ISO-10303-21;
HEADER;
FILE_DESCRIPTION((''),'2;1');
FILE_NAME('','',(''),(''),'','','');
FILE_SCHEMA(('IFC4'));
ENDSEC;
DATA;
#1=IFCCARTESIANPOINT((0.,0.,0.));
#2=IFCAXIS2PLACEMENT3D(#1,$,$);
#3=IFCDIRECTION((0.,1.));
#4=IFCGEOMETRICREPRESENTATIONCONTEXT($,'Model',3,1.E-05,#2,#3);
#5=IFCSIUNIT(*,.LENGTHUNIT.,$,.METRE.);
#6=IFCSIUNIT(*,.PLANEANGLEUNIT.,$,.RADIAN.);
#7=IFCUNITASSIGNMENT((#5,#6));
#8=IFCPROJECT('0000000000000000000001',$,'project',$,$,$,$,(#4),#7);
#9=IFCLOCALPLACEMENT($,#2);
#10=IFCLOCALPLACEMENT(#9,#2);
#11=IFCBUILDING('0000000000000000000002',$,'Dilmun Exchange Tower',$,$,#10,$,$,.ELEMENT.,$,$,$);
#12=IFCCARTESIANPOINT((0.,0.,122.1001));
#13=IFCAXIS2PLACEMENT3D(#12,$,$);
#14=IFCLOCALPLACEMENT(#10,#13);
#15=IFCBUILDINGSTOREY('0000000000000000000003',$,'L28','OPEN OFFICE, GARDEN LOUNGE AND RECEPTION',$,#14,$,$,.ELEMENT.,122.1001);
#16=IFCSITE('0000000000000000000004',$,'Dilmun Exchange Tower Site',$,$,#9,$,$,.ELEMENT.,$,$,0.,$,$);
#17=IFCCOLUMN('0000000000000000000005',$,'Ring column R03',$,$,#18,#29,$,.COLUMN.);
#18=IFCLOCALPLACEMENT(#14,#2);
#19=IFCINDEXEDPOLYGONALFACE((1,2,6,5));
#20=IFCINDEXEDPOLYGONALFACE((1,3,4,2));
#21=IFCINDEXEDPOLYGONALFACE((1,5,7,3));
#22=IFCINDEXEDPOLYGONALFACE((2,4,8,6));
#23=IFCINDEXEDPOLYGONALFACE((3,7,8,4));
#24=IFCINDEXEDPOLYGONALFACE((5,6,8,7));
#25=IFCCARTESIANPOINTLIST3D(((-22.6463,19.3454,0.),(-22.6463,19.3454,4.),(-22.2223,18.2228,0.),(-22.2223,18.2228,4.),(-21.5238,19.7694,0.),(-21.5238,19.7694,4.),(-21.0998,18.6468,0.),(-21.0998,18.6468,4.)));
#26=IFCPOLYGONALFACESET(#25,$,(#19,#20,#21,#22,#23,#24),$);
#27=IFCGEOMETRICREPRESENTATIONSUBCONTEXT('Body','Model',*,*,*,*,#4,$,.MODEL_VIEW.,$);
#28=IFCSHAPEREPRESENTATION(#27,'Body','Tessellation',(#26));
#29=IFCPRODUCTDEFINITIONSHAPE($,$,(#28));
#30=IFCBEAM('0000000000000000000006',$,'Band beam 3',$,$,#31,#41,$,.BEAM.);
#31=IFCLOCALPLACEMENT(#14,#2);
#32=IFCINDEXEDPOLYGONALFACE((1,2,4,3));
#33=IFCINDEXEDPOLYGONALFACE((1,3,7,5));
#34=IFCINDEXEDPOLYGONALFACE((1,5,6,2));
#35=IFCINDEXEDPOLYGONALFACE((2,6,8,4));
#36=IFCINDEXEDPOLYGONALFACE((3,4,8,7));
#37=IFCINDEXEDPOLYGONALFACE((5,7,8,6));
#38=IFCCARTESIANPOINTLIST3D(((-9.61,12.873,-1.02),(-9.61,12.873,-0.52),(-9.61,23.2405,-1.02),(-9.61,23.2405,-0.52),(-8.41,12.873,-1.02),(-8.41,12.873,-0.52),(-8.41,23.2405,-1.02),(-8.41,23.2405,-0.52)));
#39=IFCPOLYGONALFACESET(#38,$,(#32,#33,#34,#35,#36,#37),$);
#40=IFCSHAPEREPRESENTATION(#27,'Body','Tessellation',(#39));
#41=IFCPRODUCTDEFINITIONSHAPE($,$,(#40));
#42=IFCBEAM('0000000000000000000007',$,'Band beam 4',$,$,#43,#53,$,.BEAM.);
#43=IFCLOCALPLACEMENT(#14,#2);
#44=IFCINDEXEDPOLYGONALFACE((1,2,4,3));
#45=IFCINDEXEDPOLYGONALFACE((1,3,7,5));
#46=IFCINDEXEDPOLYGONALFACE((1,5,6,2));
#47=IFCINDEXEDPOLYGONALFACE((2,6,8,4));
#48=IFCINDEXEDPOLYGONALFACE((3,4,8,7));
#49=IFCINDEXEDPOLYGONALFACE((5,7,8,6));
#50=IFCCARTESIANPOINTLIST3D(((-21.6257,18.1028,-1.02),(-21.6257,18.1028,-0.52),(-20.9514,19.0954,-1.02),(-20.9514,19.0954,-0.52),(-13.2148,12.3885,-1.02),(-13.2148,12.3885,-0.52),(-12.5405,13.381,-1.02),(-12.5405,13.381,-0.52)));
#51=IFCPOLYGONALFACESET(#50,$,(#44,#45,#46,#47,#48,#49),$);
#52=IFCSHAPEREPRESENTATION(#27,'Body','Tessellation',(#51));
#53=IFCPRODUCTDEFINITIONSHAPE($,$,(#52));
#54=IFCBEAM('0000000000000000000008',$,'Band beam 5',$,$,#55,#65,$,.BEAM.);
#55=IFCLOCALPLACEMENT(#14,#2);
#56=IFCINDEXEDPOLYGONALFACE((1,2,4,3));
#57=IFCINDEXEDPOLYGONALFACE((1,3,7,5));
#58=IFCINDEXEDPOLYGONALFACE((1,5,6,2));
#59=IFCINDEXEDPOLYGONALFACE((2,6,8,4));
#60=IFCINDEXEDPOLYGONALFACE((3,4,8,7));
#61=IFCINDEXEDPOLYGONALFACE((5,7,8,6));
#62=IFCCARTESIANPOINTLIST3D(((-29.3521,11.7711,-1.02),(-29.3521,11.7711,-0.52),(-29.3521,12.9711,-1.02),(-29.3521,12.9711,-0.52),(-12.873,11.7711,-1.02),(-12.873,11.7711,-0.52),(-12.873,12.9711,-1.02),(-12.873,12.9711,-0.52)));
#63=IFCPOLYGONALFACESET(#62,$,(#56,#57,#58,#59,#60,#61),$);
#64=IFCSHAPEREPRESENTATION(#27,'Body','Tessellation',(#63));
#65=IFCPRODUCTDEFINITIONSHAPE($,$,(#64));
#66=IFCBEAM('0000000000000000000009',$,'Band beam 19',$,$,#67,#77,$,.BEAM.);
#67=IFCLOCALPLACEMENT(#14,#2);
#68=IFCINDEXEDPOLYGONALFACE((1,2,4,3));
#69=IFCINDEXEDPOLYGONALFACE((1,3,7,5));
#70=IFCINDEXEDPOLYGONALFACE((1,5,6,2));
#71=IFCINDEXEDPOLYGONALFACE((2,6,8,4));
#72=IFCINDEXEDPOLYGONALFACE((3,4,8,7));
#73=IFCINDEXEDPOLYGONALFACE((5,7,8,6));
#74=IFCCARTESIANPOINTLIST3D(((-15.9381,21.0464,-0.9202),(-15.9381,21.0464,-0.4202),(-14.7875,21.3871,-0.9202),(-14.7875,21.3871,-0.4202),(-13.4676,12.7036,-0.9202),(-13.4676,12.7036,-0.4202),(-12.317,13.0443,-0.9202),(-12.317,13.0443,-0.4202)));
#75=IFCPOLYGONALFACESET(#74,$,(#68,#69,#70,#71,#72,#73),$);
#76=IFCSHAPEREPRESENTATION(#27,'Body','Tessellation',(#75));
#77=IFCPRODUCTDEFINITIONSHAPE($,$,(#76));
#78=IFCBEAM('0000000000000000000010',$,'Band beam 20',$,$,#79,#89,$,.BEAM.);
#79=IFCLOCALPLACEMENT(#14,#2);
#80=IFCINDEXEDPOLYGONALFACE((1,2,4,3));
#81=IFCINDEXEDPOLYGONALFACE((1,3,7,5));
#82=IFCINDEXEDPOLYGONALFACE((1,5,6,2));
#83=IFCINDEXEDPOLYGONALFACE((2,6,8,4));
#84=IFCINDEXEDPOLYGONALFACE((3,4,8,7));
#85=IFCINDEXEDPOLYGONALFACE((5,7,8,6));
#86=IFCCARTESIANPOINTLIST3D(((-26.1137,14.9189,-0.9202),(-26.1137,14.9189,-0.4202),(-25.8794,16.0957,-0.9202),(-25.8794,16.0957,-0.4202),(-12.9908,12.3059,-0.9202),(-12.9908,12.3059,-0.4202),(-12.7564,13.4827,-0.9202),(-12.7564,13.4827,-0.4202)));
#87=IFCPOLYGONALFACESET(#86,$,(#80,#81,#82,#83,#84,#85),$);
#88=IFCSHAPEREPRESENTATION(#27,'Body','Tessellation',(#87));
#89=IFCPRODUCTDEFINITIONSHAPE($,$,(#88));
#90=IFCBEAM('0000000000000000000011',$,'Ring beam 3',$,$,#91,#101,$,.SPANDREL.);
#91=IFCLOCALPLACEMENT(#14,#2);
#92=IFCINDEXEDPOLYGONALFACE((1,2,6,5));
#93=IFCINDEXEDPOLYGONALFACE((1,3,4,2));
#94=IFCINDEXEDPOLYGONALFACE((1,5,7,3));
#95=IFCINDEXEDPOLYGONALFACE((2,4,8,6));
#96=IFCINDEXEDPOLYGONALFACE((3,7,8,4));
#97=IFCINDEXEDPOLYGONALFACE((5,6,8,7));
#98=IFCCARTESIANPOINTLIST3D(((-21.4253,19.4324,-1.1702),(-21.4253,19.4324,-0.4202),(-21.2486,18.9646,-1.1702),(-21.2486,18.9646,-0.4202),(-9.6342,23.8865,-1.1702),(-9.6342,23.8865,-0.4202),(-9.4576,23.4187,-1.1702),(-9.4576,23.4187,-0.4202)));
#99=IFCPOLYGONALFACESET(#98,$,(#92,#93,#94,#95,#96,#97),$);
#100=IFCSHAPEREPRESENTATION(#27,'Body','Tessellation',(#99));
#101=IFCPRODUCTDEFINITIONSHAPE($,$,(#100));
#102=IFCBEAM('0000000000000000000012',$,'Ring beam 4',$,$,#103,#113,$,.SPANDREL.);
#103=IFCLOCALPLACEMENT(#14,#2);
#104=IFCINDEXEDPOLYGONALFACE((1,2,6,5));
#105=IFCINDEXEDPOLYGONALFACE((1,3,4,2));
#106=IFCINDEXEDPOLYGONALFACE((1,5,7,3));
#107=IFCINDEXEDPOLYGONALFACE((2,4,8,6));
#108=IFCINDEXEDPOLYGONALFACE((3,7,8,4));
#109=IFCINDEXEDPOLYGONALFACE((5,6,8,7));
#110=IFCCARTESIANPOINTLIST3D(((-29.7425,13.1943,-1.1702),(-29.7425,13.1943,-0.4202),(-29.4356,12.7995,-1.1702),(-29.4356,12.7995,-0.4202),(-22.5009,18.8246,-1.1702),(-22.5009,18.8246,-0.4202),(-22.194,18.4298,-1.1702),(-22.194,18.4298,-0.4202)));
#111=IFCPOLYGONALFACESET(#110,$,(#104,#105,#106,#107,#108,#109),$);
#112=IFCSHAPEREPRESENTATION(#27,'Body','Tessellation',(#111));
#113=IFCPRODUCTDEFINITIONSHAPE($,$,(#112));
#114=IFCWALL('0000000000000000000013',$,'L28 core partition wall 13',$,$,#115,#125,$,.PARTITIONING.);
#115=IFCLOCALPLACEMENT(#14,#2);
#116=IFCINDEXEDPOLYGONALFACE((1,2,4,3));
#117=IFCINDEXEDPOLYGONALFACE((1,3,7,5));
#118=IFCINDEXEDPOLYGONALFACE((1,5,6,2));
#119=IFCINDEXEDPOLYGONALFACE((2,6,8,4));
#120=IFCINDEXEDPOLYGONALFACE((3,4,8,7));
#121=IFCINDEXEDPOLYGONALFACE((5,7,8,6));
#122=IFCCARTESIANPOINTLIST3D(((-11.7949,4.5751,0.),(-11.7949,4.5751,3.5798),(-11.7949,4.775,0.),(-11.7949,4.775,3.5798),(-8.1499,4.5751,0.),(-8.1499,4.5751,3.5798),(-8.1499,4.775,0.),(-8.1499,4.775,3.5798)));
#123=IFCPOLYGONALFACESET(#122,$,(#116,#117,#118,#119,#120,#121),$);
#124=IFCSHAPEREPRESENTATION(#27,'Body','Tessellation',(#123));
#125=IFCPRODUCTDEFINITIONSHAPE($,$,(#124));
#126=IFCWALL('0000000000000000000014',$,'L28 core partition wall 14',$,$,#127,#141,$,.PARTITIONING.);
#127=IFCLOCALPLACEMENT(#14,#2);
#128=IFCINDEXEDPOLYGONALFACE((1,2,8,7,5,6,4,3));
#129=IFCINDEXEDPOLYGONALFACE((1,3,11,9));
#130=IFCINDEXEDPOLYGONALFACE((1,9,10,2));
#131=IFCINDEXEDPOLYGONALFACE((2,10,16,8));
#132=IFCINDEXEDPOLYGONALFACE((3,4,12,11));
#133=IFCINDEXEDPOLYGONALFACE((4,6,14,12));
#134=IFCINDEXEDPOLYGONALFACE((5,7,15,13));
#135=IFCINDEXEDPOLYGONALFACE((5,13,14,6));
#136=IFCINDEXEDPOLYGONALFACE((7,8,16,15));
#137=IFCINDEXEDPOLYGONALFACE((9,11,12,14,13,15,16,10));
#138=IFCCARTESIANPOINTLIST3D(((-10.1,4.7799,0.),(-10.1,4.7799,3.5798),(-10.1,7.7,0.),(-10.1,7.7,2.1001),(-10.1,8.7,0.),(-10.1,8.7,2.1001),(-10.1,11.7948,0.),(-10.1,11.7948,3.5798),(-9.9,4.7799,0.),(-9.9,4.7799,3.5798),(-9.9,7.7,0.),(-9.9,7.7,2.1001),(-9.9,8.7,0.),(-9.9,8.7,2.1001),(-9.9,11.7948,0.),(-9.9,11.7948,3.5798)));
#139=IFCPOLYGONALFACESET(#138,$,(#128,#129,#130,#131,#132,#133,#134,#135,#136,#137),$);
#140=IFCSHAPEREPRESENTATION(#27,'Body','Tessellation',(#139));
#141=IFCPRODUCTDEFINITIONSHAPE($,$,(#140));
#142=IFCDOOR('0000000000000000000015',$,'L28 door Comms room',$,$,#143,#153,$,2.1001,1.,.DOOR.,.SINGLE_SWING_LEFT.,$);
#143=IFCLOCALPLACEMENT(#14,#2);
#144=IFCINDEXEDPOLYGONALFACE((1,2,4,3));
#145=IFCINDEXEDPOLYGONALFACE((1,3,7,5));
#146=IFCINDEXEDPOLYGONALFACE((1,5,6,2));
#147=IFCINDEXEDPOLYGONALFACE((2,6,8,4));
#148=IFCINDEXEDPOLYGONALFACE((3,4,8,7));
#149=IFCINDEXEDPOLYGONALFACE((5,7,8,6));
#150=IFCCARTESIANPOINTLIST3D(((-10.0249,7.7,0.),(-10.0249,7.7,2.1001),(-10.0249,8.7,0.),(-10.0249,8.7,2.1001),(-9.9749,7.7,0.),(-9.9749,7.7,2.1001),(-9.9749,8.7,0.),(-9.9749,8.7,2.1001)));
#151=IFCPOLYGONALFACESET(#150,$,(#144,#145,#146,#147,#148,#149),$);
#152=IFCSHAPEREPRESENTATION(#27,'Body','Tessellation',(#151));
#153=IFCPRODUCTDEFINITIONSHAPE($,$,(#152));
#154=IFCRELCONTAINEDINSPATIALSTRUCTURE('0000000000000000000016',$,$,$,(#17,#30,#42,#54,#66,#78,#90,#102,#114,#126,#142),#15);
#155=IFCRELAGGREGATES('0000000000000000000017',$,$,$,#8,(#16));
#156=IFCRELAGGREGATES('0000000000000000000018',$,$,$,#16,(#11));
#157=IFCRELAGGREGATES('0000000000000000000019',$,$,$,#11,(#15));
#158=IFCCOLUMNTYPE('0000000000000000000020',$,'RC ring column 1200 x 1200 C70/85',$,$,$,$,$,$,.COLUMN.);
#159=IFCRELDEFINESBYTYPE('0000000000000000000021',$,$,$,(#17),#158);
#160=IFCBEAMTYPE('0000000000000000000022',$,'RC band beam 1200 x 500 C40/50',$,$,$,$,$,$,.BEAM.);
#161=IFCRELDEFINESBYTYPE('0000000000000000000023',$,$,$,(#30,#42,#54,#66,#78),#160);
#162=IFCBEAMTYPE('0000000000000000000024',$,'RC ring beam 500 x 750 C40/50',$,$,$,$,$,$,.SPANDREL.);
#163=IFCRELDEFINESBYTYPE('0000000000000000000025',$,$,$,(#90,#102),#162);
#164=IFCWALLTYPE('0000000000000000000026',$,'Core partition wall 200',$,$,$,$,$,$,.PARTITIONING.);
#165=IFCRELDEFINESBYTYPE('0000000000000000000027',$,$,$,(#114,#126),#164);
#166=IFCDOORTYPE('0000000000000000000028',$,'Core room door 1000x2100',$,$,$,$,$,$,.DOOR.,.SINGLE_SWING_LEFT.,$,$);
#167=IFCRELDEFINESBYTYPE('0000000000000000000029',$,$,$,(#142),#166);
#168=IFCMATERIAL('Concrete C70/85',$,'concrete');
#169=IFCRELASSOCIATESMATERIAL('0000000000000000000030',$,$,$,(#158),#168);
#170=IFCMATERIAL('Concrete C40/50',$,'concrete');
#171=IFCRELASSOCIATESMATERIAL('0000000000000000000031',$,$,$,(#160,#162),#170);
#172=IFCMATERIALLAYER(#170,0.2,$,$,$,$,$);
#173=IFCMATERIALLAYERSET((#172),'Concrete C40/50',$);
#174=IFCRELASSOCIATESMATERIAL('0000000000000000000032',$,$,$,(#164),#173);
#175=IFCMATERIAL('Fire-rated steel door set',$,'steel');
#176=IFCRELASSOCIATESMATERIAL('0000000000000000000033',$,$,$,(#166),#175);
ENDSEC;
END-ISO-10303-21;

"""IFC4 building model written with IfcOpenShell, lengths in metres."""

from ifc_helpers import new_model, si_unit, direction, frame, frame_2d, origin, origin_2d, place, context, subcontext, project, spatial, rectangle, extrude, material, layer, layer_set, material_profile, profile_set, type_object, element, fill, save


model = new_model("IFC4")

# Units and contexts
model_context = context("Model", 3, precision=1e-05, world=origin(), true_north=direction((0.0, 1.0)))
body_context = subcontext(model_context, "Body", "Model", "MODEL_VIEW")
ifc_project = project(units=[si_unit("LENGTHUNIT", "METRE"), si_unit("PLANEANGLEUNIT", "RADIAN")], contexts=[model_context])

# Site, building, storey
site_placement = place(None, origin())
site = spatial("IfcSite", under=ifc_project, at=site_placement, Name="Dilmun Exchange Tower Site", CompositionType="ELEMENT", RefElevation=0.0)
building_placement = place(site_placement, origin())
building = spatial("IfcBuilding", under=site, at=building_placement, Name="Dilmun Exchange Tower", CompositionType="ELEMENT")
storey_placement = place(building_placement, frame((0.0, 0.0, 122.1001)))
storey = spatial("IfcBuildingStorey", under=building, at=storey_placement, Name="L28", Description="OPEN OFFICE, GARDEN LOUNGE AND RECEPTION", CompositionType="ELEMENT", Elevation=122.1001)

# Column
ifc_material_1 = material(Name="Concrete C70/85", Category="concrete")
ifc_material_profile_1 = material_profile(ifc_material_1, rectangle(XDim=1.2, YDim=1.2, at=origin_2d()), Name="1200 x 1200")
ifc_profile_set_1 = profile_set([ifc_material_profile_1], Name="Concrete C70/85")
column_type = type_object("IfcColumnType", Name="RC ring column 1200 x 1200 C70/85", PredefinedType="COLUMN", material=ifc_profile_set_1)
column_placement = place(storey_placement, frame((-21.873, 18.9961, 0.0), z_axis=(0.0, 0.0, 1.0), x_axis=(0.935492, 0.353349, 0.0)))
element("IfcColumn", 1, at=column_placement, inside=storey, type_object=column_type, Name="Ring column R03", PredefinedType="COLUMN", context=body_context, shape_type="SweptSolid", body=[
    extrude(rectangle(XDim=1.2, YDim=1.2, at=origin_2d()), origin(), (0.0, 0.0, 1.0), 4.0),
])

# Beams
ifc_material_2 = material(Name="Concrete C40/50", Category="concrete")
ifc_material_profile_2 = material_profile(ifc_material_2, rectangle(XDim=1.2, YDim=0.5, at=origin_2d()), Name="1200 x 500")
ifc_profile_set_2 = profile_set([ifc_material_profile_2], Name="Concrete C40/50")
beam_type_1 = type_object("IfcBeamType", Name="RC band beam 1200 x 500 C40/50", PredefinedType="BEAM", material=ifc_profile_set_2)
beam_1_placement = place(storey_placement, frame((-9.01, 23.2405, -0.77), z_axis=(0.0, -1.0, 0.0), x_axis=(1.0, 0.0, 0.0)))
element("IfcBeam", 2, at=beam_1_placement, inside=storey, type_object=beam_type_1, Name="Band beam 3", PredefinedType="BEAM", context=body_context, shape_type="SweptSolid", body=[
    extrude(rectangle(XDim=1.2, YDim=0.5, at=origin_2d()), origin(), (0.0, 0.0, 1.0), 10.3674),
])
beam_2_placement = place(storey_placement, frame((-21.2886, 18.5991, -0.77), z_axis=(0.827157, -0.56197, 0.0), x_axis=(0.56197, 0.827157, 0.0)))
element("IfcBeam", 3, at=beam_2_placement, inside=storey, type_object=beam_type_1, Name="Band beam 4", PredefinedType="BEAM", context=body_context, shape_type="SweptSolid", body=[
    extrude(rectangle(XDim=1.2, YDim=0.5, at=origin_2d()), origin(), (0.0, 0.0, 1.0), 10.1685),
])
beam_3_placement = place(storey_placement, frame((-29.3521, 12.3711, -0.77), z_axis=(1.0, 0.0, 0.0), x_axis=(0.0, 1.0, 0.0)))
element("IfcBeam", 4, at=beam_3_placement, inside=storey, type_object=beam_type_1, Name="Band beam 5", PredefinedType="BEAM", context=body_context, shape_type="SweptSolid", body=[
    extrude(rectangle(XDim=1.2, YDim=0.5, at=origin_2d()), origin(), (0.0, 0.0, 1.0), 16.479),
])
beam_4_placement = place(storey_placement, frame((-15.3628, 21.2168, -0.6702), z_axis=(0.283933, -0.958844, 0.0), x_axis=(0.958844, 0.283933, 0.0)))
element("IfcBeam", 5, at=beam_4_placement, inside=storey, type_object=beam_type_1, Name="Band beam 19", PredefinedType="BEAM", context=body_context, shape_type="SweptSolid", body=[
    extrude(rectangle(XDim=1.2, YDim=0.5, at=origin_2d()), origin(), (0.0, 0.0, 1.0), 8.7009),
])
beam_5_placement = place(storey_placement, frame((-25.9966, 15.5073, -0.6702), z_axis=(0.980747, -0.195284, 0.0), x_axis=(0.195284, 0.980747, 0.0)))
element("IfcBeam", 6, at=beam_5_placement, inside=storey, type_object=beam_type_1, Name="Band beam 20", PredefinedType="BEAM", context=body_context, shape_type="SweptSolid", body=[
    extrude(rectangle(XDim=1.2, YDim=0.5, at=origin_2d()), origin(), (0.0, 0.0, 1.0), 13.3806),
])
ifc_material_profile_3 = material_profile(ifc_material_2, rectangle(XDim=0.5, YDim=0.75, at=origin_2d()), Name="500 x 750")
ifc_profile_set_3 = profile_set([ifc_material_profile_3], Name="Concrete C40/50")
beam_type_2 = type_object("IfcBeamType", Name="RC ring beam 500 x 750 C40/50", PredefinedType="SPANDREL", material=ifc_profile_set_3)
beam_6_placement = place(storey_placement, frame((-9.5459, 23.6526, -0.7952), z_axis=(-0.935479, -0.353381, 0.0), x_axis=(0.353381, -0.935479, 0.0)))
element("IfcBeam", 7, at=beam_6_placement, inside=storey, type_object=beam_type_2, Name="Ring beam 3", PredefinedType="SPANDREL", context=body_context, shape_type="SweptSolid", body=[
    extrude(rectangle(XDim=0.5, YDim=0.75, at=origin_2d()), origin(), (0.0, 0.0, 1.0), 12.6042),
])
beam_7_placement = place(storey_placement, frame((-22.3474, 18.6272, -0.7952), z_axis=(-0.789461, -0.613801, 0.0), x_axis=(0.613801, -0.789461, 0.0)))
element("IfcBeam", 8, at=beam_7_placement, inside=storey, type_object=beam_type_2, Name="Ring beam 4", PredefinedType="SPANDREL", context=body_context, shape_type="SweptSolid", body=[
    extrude(rectangle(XDim=0.5, YDim=0.75, at=origin_2d()), origin(), (0.0, 0.0, 1.0), 9.1729),
])

# Wall
ifc_layer_1 = layer(ifc_material_2, 0.2)
ifc_layer_set_1 = layer_set([ifc_layer_1], Name="Concrete C40/50")
wall_type_1 = type_object("IfcWallType", Name="Core partition wall 200", PredefinedType="PARTITIONING", material=ifc_layer_set_1)
wall_1_placement = place(storey_placement, frame((-11.7949, 4.675, 0.0), z_axis=(0.0, 0.0, 1.0), x_axis=(1.0, 0.0, 0.0)))
element("IfcWall", 9, at=wall_1_placement, inside=storey, type_object=wall_type_1, Name="L28 core partition wall 13", PredefinedType="PARTITIONING", context=body_context, shape_type="SweptSolid", body=[
    extrude(rectangle(XDim=3.645, YDim=0.2, at=frame_2d((1.8225, 0.0))), origin(), (0.0, 0.0, 1.0), 3.5798),
])

# Wall, opening, door
wall_2_placement = place(storey_placement, frame((-10.0, 4.78, 0.0), z_axis=(0.0, 0.0, 1.0), x_axis=(0.0, 1.0, 0.0)))
wall_2 = element("IfcWall", 10, at=wall_2_placement, inside=storey, type_object=wall_type_1, Name="L28 core partition wall 14", PredefinedType="PARTITIONING", context=body_context, shape_type="SweptSolid", body=[
    extrude(rectangle(XDim=7.0149, YDim=0.2, at=frame_2d((3.5073, 0.0))), origin(), (0.0, 0.0, 1.0), 3.5798),
])
opening_1_placement = place(wall_2_placement, frame((2.9199, 0.0, 0.0)))
opening_1 = element("IfcOpeningElement", 11, at=opening_1_placement, cuts=wall_2, PredefinedType="OPENING", context=body_context, shape_type="SweptSolid", body=[
    extrude(rectangle(XDim=1.0, YDim=2.1001, at=frame_2d((0.5, 1.05))), frame((0.0, 0.1099, 0.0), z_axis=(0.0, -1.0, 0.0), x_axis=(1.0, 0.0, 0.0)), (0.0, 0.0, 1.0), 0.22),
])
ifc_material_3 = material(Name="Fire-rated steel door set", Category="steel")
door_type_1 = type_object("IfcDoorType", Name="Core room door 1000x2100", OperationType="SINGLE_SWING_LEFT", PredefinedType="DOOR", material=ifc_material_3)
door_1_placement = place(opening_1_placement, origin())
door_1 = element("IfcDoor", 12, at=door_1_placement, inside=storey, type_object=door_type_1, Name="L28 door Comms room", OperationType="SINGLE_SWING_LEFT", OverallHeight=2.1001, OverallWidth=1.0, PredefinedType="DOOR", context=body_context, shape_type="SweptSolid", body=[
    extrude(rectangle(XDim=1.0, YDim=2.1001, at=frame_2d((0.5, 1.05))), frame((0.0, 0.0249, 0.0), z_axis=(0.0, -1.0, 0.0), x_axis=(1.0, 0.0, 0.0)), (0.0, 0.0, 1.0), 0.05),
])
fill(opening_1, door_1)

save(model, "model.ifc")
